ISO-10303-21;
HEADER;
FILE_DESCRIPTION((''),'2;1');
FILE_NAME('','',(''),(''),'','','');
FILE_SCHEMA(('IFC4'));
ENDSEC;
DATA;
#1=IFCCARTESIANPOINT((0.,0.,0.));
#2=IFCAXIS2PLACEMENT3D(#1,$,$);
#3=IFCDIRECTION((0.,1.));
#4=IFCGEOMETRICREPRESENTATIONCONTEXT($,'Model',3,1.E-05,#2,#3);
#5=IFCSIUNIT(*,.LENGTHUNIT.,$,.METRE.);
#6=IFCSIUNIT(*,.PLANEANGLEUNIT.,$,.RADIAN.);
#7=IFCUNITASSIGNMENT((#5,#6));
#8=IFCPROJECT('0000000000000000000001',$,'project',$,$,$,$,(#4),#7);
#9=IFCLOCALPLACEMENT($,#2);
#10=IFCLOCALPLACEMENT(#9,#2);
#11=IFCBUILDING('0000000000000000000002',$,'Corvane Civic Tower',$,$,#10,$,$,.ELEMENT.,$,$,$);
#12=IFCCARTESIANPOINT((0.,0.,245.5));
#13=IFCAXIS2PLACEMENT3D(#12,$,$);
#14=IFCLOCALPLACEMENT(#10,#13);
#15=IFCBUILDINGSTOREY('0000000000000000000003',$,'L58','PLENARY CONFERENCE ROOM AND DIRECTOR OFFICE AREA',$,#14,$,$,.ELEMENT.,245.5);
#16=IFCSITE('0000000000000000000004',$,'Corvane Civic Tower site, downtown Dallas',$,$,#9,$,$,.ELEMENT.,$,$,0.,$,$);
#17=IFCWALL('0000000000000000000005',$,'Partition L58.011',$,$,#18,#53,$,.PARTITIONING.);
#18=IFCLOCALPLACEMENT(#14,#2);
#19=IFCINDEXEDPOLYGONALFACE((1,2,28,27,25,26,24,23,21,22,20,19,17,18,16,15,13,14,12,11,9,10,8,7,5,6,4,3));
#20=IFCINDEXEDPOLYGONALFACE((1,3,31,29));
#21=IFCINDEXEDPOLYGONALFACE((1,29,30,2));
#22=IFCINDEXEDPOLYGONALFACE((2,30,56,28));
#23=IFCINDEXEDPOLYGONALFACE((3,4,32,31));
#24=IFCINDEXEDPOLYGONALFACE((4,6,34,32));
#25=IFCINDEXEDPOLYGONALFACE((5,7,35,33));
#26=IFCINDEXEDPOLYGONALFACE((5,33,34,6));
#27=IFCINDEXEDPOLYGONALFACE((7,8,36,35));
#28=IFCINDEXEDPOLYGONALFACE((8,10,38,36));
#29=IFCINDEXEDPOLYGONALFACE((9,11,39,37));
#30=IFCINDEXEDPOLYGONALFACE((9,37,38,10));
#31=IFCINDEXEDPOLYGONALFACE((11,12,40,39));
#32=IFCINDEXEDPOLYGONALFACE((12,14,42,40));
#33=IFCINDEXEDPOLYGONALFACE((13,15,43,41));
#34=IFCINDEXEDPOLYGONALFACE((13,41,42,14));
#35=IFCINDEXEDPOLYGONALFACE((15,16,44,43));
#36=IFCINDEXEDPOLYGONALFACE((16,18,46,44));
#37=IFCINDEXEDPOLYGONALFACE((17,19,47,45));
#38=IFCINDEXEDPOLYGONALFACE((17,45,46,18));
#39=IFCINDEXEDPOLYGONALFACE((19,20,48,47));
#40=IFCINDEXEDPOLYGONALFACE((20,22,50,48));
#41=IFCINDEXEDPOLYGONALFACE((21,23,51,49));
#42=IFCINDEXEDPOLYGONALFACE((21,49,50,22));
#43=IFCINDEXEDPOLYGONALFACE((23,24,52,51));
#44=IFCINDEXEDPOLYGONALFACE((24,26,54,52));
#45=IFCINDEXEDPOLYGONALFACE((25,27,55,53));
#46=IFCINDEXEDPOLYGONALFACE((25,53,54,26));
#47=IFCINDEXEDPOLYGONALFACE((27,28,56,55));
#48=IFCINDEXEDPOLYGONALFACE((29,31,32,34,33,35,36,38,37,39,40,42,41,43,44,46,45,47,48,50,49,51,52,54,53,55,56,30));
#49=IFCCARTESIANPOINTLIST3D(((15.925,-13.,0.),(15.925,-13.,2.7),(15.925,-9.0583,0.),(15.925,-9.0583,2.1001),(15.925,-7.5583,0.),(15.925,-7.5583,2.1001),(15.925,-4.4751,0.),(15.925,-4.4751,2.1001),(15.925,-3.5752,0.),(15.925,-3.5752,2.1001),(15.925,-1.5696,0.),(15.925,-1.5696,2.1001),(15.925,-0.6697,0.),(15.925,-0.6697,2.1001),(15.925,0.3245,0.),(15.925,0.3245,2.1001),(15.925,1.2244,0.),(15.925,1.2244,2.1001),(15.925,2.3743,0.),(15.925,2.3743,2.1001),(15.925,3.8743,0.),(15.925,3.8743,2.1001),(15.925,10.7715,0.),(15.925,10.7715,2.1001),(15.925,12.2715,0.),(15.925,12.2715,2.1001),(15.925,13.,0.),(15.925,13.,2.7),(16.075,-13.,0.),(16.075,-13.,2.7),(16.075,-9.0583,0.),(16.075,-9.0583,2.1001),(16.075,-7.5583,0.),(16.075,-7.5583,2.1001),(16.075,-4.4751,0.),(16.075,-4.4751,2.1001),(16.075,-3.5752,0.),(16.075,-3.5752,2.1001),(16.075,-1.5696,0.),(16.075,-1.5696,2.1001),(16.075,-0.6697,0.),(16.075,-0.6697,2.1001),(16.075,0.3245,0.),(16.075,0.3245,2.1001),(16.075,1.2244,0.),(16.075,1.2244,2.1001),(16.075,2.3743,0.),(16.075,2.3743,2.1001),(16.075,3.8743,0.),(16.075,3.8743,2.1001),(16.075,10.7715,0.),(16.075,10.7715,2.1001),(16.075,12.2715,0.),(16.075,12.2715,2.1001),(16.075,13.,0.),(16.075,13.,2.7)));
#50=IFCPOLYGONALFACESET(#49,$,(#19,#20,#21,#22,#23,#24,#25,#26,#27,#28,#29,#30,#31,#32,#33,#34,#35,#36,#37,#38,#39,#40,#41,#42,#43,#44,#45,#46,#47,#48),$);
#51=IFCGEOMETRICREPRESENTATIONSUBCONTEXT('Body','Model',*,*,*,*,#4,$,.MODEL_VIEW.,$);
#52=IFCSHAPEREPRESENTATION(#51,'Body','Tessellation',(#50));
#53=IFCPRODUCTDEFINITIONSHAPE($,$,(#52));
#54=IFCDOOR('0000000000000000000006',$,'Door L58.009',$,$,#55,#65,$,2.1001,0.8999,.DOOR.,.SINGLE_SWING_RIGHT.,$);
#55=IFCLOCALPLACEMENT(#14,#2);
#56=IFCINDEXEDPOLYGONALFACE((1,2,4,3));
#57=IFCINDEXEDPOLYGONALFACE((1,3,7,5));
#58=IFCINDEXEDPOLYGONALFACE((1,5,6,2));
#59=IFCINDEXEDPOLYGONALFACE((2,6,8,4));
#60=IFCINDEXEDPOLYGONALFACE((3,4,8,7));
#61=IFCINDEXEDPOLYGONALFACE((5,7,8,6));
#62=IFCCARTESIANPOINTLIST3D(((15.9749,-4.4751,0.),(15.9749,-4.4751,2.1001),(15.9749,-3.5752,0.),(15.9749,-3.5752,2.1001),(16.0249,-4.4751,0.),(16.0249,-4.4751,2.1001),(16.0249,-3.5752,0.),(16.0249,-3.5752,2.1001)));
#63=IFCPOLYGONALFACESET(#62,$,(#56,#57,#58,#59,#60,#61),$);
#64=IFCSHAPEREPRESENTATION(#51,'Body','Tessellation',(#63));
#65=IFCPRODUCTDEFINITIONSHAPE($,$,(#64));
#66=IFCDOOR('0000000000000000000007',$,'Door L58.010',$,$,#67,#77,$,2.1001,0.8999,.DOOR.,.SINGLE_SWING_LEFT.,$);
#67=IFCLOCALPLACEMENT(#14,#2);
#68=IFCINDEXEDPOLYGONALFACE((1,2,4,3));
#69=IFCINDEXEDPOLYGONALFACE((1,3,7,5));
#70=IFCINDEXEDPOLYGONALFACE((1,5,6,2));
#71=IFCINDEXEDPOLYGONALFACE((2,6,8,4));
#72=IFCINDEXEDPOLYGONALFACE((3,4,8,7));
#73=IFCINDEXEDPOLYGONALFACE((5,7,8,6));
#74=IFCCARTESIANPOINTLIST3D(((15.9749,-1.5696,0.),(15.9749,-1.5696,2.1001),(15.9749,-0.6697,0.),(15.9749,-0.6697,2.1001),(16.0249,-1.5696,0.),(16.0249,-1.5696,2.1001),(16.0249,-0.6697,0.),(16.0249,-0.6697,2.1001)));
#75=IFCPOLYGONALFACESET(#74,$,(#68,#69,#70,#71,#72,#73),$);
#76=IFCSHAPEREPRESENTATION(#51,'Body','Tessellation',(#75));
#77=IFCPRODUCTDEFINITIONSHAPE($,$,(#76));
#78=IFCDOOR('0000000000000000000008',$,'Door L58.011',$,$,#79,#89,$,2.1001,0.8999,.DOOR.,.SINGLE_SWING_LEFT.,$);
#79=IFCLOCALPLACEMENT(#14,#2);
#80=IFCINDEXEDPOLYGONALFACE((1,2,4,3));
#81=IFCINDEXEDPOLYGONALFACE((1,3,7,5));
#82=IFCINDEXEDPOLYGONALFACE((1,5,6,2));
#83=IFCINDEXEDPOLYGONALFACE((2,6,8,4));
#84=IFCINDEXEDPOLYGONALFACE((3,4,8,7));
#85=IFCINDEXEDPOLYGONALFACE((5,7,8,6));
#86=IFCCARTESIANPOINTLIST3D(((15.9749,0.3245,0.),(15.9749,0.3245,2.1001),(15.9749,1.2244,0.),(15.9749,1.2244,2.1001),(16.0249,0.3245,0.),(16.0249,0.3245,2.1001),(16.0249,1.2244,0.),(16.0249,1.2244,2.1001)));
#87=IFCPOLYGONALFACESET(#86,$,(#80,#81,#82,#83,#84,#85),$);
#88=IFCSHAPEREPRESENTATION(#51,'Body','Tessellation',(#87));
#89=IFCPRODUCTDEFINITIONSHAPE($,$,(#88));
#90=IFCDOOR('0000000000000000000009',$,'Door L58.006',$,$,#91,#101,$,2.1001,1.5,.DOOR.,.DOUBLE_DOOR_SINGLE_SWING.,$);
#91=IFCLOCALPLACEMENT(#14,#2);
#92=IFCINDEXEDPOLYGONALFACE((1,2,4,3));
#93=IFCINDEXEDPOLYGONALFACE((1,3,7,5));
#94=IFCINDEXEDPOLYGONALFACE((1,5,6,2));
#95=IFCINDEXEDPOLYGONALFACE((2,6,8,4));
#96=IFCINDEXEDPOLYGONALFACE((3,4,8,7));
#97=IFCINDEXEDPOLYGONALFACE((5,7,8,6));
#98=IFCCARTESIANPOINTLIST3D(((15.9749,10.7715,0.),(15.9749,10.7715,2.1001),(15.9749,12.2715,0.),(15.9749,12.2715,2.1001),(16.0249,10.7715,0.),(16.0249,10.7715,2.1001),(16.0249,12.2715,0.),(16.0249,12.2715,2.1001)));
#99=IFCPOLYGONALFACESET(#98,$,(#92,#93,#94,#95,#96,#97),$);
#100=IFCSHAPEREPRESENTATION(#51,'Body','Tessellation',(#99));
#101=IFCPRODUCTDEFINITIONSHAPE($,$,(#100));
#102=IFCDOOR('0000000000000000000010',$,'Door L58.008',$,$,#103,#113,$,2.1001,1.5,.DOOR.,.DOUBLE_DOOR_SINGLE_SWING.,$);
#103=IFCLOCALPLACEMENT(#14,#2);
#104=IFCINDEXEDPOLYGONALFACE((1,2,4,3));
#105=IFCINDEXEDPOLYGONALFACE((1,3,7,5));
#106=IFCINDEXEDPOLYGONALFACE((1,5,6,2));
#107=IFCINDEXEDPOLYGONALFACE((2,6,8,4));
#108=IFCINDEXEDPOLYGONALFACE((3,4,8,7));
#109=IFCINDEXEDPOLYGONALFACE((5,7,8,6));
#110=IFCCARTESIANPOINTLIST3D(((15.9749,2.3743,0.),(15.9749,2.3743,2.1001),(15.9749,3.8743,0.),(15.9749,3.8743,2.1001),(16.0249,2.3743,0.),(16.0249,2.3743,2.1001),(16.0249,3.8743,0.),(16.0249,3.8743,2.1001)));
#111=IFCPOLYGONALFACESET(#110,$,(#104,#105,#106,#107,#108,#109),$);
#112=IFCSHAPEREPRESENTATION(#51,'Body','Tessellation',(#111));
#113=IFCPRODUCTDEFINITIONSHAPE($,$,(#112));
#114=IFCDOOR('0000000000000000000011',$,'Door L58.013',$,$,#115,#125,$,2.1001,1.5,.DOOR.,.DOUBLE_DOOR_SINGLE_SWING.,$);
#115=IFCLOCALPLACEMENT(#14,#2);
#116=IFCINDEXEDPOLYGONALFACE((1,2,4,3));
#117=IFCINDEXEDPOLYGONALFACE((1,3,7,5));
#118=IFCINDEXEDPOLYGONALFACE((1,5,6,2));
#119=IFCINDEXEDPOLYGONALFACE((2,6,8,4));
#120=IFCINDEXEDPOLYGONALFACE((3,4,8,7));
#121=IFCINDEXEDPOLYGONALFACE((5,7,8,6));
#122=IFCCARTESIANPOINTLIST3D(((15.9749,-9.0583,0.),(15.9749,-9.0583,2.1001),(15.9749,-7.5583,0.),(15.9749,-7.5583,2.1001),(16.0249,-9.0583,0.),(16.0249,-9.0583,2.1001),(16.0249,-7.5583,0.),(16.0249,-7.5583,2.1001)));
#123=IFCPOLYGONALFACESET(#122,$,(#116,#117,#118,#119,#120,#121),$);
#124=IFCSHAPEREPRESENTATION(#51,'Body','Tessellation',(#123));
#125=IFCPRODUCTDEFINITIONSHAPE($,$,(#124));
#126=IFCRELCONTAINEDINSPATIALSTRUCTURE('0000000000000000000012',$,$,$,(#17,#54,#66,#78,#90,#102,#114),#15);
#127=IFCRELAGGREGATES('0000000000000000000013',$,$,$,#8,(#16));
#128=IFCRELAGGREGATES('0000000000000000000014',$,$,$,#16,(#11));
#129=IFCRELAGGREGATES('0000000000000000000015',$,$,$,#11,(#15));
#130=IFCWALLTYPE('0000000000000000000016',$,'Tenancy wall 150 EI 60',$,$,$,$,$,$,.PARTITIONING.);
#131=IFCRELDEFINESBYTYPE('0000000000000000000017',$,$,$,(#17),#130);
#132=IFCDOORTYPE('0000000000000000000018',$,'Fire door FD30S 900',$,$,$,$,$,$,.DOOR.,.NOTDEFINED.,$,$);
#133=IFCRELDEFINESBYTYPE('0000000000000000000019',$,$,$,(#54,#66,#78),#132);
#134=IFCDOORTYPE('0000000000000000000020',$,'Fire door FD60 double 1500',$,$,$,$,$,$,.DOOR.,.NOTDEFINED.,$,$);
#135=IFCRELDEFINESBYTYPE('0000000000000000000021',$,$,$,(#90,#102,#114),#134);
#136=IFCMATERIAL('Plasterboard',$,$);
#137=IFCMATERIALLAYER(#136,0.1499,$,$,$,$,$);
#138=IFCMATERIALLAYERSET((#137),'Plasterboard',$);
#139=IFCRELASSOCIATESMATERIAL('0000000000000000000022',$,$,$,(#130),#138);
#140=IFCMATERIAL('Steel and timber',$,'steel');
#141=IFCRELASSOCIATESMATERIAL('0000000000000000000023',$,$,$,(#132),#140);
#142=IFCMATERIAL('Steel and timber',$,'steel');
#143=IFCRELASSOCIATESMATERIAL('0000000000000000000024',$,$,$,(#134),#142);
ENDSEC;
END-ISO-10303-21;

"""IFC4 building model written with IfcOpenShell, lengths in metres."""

from ifc_helpers import new_model, si_unit, direction, frame, frame_2d, origin, place, context, subcontext, project, spatial, rectangle, extrude, material, layer, layer_set, type_object, element, fill, save


model = new_model("IFC4")

# Units and contexts
model_context = context("Model", 3, precision=1e-05, world=origin(), true_north=direction((0.0, 1.0)))
body_context = subcontext(model_context, "Body", "Model", "MODEL_VIEW")
ifc_project = project(units=[si_unit("LENGTHUNIT", "METRE"), si_unit("PLANEANGLEUNIT", "RADIAN")], contexts=[model_context])

# Site, building, storey
site_placement = place(None, origin())
site = spatial("IfcSite", under=ifc_project, at=site_placement, Name="Corvane Civic Tower site, downtown Dallas", CompositionType="ELEMENT", RefElevation=0.0)
building_placement = place(site_placement, origin())
building = spatial("IfcBuilding", under=site, at=building_placement, Name="Corvane Civic Tower", CompositionType="ELEMENT")
storey_placement = place(building_placement, frame((0.0, 0.0, 245.5)))
storey = spatial("IfcBuildingStorey", under=building, at=storey_placement, Name="L58", Description="PLENARY CONFERENCE ROOM AND DIRECTOR OFFICE AREA", CompositionType="ELEMENT", Elevation=245.5)

# Shared definitions
ifc_material_1 = material(Name="Plasterboard")
ifc_layer_1 = layer(ifc_material_1, 0.1499)
ifc_layer_set_1 = layer_set([ifc_layer_1], Name="Plasterboard")
wall_type_1 = type_object("IfcWallType", Name="Tenancy wall 150 EI 60", PredefinedType="PARTITIONING", material=ifc_layer_set_1)

# Wall, openings, doors
wall_1_placement = place(storey_placement, frame((16.0, -13.0, 0.0), z_axis=(0.0, 0.0, 1.0), x_axis=(0.0, 1.0, 0.0)))
wall_1 = element("IfcWall", 1, at=wall_1_placement, inside=storey, type_object=wall_type_1, Name="Partition L58.011", PredefinedType="PARTITIONING", context=body_context, shape_type="SweptSolid", body=[
    extrude(rectangle(XDim=26.0, YDim=0.1499, at=frame_2d((13.0, 0.0))), origin(), (0.0, 0.0, 1.0), 2.7),
])
opening_1_placement = place(wall_1_placement, frame((23.7715, 0.0, 0.0)))
opening_1 = element("IfcOpeningElement", 2, at=opening_1_placement, cuts=wall_1, PredefinedType="OPENING", context=body_context, shape_type="SweptSolid", body=[
    extrude(rectangle(XDim=1.5, YDim=2.1001, at=frame_2d((0.75, 1.05))), frame((0.0, 0.085, 0.0), z_axis=(0.0, -1.0, 0.0), x_axis=(1.0, 0.0, 0.0)), (0.0, 0.0, 1.0), 0.1699),
])
opening_2_placement = place(wall_1_placement, frame((15.3743, 0.0, 0.0)))
opening_2 = element("IfcOpeningElement", 3, at=opening_2_placement, cuts=wall_1, PredefinedType="OPENING", context=body_context, shape_type="SweptSolid", body=[
    extrude(rectangle(XDim=1.5, YDim=2.1001, at=frame_2d((0.75, 1.05))), frame((0.0, 0.085, 0.0), z_axis=(0.0, -1.0, 0.0), x_axis=(1.0, 0.0, 0.0)), (0.0, 0.0, 1.0), 0.1699),
])
opening_3_placement = place(wall_1_placement, frame((8.5249, 0.0, 0.0)))
opening_3 = element("IfcOpeningElement", 4, at=opening_3_placement, cuts=wall_1, PredefinedType="OPENING", context=body_context, shape_type="SweptSolid", body=[
    extrude(rectangle(XDim=0.8999, YDim=2.1001, at=frame_2d((0.45, 1.05))), frame((0.0, 0.085, 0.0), z_axis=(0.0, -1.0, 0.0), x_axis=(1.0, 0.0, 0.0)), (0.0, 0.0, 1.0), 0.1699),
])
opening_4_placement = place(wall_1_placement, frame((11.4304, 0.0, 0.0)))
opening_4 = element("IfcOpeningElement", 5, at=opening_4_placement, cuts=wall_1, PredefinedType="OPENING", context=body_context, shape_type="SweptSolid", body=[
    extrude(rectangle(XDim=0.8999, YDim=2.1001, at=frame_2d((0.45, 1.05))), frame((0.0, 0.085, 0.0), z_axis=(0.0, -1.0, 0.0), x_axis=(1.0, 0.0, 0.0)), (0.0, 0.0, 1.0), 0.1699),
])
opening_5_placement = place(wall_1_placement, frame((13.3245, 0.0, 0.0)))
opening_5 = element("IfcOpeningElement", 6, at=opening_5_placement, cuts=wall_1, PredefinedType="OPENING", context=body_context, shape_type="SweptSolid", body=[
    extrude(rectangle(XDim=0.8999, YDim=2.1001, at=frame_2d((0.45, 1.05))), frame((0.0, 0.085, 0.0), z_axis=(0.0, -1.0, 0.0), x_axis=(1.0, 0.0, 0.0)), (0.0, 0.0, 1.0), 0.1699),
])
opening_6_placement = place(wall_1_placement, frame((3.9417, 0.0, 0.0)))
opening_6 = element("IfcOpeningElement", 7, at=opening_6_placement, cuts=wall_1, PredefinedType="OPENING", context=body_context, shape_type="SweptSolid", body=[
    extrude(rectangle(XDim=1.5, YDim=2.1001, at=frame_2d((0.75, 1.05))), frame((0.0, 0.085, 0.0), z_axis=(0.0, -1.0, 0.0), x_axis=(1.0, 0.0, 0.0)), (0.0, 0.0, 1.0), 0.1699),
])
ifc_material_2 = material(Name="Steel and timber", Category="steel")
door_type_1 = type_object("IfcDoorType", Name="Fire door FD30S 900", OperationType="NOTDEFINED", PredefinedType="DOOR", material=ifc_material_2)
door_1_placement = place(opening_3_placement, frame((0.8999, 0.0, 0.0), z_axis=(0.0, 0.0, 1.0), x_axis=(-1.0, 0.0, 0.0)))
door_1 = element("IfcDoor", 8, at=door_1_placement, inside=storey, type_object=door_type_1, Name="Door L58.009", OperationType="SINGLE_SWING_RIGHT", OverallHeight=2.1001, OverallWidth=0.8999, PredefinedType="DOOR", context=body_context, shape_type="SweptSolid", body=[
    extrude(rectangle(XDim=0.8999, YDim=2.1001, at=frame_2d((0.45, 1.05))), frame((0.0, 0.0249, 0.0), z_axis=(0.0, -1.0, 0.0), x_axis=(1.0, 0.0, 0.0)), (0.0, 0.0, 1.0), 0.05),
])
fill(opening_3, door_1)
door_2_placement = place(opening_4_placement, frame((0.8999, 0.0, 0.0), z_axis=(0.0, 0.0, 1.0), x_axis=(-1.0, 0.0, 0.0)))
door_2 = element("IfcDoor", 9, at=door_2_placement, inside=storey, type_object=door_type_1, Name="Door L58.010", OperationType="SINGLE_SWING_LEFT", OverallHeight=2.1001, OverallWidth=0.8999, PredefinedType="DOOR", context=body_context, shape_type="SweptSolid", body=[
    extrude(rectangle(XDim=0.8999, YDim=2.1001, at=frame_2d((0.45, 1.05))), frame((0.0, 0.0249, 0.0), z_axis=(0.0, -1.0, 0.0), x_axis=(1.0, 0.0, 0.0)), (0.0, 0.0, 1.0), 0.05),
])
fill(opening_4, door_2)
door_3_placement = place(opening_5_placement, frame((0.8999, 0.0, 0.0), z_axis=(0.0, 0.0, 1.0), x_axis=(-1.0, 0.0, 0.0)))
door_3 = element("IfcDoor", 10, at=door_3_placement, inside=storey, type_object=door_type_1, Name="Door L58.011", OperationType="SINGLE_SWING_LEFT", OverallHeight=2.1001, OverallWidth=0.8999, PredefinedType="DOOR", context=body_context, shape_type="SweptSolid", body=[
    extrude(rectangle(XDim=0.8999, YDim=2.1001, at=frame_2d((0.45, 1.05))), frame((0.0, 0.0249, 0.0), z_axis=(0.0, -1.0, 0.0), x_axis=(1.0, 0.0, 0.0)), (0.0, 0.0, 1.0), 0.05),
])
fill(opening_5, door_3)
ifc_material_3 = material(Name="Steel and timber", Category="steel")
door_type_2 = type_object("IfcDoorType", Name="Fire door FD60 double 1500", OperationType="NOTDEFINED", PredefinedType="DOOR", material=ifc_material_3)
door_4_placement = place(opening_1_placement, frame((1.5, 0.0, 0.0), z_axis=(0.0, 0.0, 1.0), x_axis=(-1.0, 0.0, 0.0)))
door_4 = element("IfcDoor", 11, at=door_4_placement, inside=storey, type_object=door_type_2, Name="Door L58.006", OperationType="DOUBLE_DOOR_SINGLE_SWING", OverallHeight=2.1001, OverallWidth=1.5, PredefinedType="DOOR", context=body_context, shape_type="SweptSolid", body=[
    extrude(rectangle(XDim=1.5, YDim=2.1001, at=frame_2d((0.75, 1.05))), frame((0.0, 0.0249, 0.0), z_axis=(0.0, -1.0, 0.0), x_axis=(1.0, 0.0, 0.0)), (0.0, 0.0, 1.0), 0.05),
])
fill(opening_1, door_4)
door_5_placement = place(opening_2_placement, frame((1.5, 0.0, 0.0), z_axis=(0.0, 0.0, 1.0), x_axis=(-1.0, 0.0, 0.0)))
door_5 = element("IfcDoor", 12, at=door_5_placement, inside=storey, type_object=door_type_2, Name="Door L58.008", OperationType="DOUBLE_DOOR_SINGLE_SWING", OverallHeight=2.1001, OverallWidth=1.5, PredefinedType="DOOR", context=body_context, shape_type="SweptSolid", body=[
    extrude(rectangle(XDim=1.5, YDim=2.1001, at=frame_2d((0.75, 1.05))), frame((0.0, 0.0249, 0.0), z_axis=(0.0, -1.0, 0.0), x_axis=(1.0, 0.0, 0.0)), (0.0, 0.0, 1.0), 0.05),
])
fill(opening_2, door_5)
door_6_placement = place(opening_6_placement, frame((1.5, 0.0, 0.0), z_axis=(0.0, 0.0, 1.0), x_axis=(-1.0, 0.0, 0.0)))
door_6 = element("IfcDoor", 13, at=door_6_placement, inside=storey, type_object=door_type_2, Name="Door L58.013", OperationType="DOUBLE_DOOR_SINGLE_SWING", OverallHeight=2.1001, OverallWidth=1.5, PredefinedType="DOOR", context=body_context, shape_type="SweptSolid", body=[
    extrude(rectangle(XDim=1.5, YDim=2.1001, at=frame_2d((0.75, 1.05))), frame((0.0, 0.0249, 0.0), z_axis=(0.0, -1.0, 0.0), x_axis=(1.0, 0.0, 0.0)), (0.0, 0.0, 1.0), 0.05),
])
fill(opening_6, door_6)

save(model, "model.ifc")
